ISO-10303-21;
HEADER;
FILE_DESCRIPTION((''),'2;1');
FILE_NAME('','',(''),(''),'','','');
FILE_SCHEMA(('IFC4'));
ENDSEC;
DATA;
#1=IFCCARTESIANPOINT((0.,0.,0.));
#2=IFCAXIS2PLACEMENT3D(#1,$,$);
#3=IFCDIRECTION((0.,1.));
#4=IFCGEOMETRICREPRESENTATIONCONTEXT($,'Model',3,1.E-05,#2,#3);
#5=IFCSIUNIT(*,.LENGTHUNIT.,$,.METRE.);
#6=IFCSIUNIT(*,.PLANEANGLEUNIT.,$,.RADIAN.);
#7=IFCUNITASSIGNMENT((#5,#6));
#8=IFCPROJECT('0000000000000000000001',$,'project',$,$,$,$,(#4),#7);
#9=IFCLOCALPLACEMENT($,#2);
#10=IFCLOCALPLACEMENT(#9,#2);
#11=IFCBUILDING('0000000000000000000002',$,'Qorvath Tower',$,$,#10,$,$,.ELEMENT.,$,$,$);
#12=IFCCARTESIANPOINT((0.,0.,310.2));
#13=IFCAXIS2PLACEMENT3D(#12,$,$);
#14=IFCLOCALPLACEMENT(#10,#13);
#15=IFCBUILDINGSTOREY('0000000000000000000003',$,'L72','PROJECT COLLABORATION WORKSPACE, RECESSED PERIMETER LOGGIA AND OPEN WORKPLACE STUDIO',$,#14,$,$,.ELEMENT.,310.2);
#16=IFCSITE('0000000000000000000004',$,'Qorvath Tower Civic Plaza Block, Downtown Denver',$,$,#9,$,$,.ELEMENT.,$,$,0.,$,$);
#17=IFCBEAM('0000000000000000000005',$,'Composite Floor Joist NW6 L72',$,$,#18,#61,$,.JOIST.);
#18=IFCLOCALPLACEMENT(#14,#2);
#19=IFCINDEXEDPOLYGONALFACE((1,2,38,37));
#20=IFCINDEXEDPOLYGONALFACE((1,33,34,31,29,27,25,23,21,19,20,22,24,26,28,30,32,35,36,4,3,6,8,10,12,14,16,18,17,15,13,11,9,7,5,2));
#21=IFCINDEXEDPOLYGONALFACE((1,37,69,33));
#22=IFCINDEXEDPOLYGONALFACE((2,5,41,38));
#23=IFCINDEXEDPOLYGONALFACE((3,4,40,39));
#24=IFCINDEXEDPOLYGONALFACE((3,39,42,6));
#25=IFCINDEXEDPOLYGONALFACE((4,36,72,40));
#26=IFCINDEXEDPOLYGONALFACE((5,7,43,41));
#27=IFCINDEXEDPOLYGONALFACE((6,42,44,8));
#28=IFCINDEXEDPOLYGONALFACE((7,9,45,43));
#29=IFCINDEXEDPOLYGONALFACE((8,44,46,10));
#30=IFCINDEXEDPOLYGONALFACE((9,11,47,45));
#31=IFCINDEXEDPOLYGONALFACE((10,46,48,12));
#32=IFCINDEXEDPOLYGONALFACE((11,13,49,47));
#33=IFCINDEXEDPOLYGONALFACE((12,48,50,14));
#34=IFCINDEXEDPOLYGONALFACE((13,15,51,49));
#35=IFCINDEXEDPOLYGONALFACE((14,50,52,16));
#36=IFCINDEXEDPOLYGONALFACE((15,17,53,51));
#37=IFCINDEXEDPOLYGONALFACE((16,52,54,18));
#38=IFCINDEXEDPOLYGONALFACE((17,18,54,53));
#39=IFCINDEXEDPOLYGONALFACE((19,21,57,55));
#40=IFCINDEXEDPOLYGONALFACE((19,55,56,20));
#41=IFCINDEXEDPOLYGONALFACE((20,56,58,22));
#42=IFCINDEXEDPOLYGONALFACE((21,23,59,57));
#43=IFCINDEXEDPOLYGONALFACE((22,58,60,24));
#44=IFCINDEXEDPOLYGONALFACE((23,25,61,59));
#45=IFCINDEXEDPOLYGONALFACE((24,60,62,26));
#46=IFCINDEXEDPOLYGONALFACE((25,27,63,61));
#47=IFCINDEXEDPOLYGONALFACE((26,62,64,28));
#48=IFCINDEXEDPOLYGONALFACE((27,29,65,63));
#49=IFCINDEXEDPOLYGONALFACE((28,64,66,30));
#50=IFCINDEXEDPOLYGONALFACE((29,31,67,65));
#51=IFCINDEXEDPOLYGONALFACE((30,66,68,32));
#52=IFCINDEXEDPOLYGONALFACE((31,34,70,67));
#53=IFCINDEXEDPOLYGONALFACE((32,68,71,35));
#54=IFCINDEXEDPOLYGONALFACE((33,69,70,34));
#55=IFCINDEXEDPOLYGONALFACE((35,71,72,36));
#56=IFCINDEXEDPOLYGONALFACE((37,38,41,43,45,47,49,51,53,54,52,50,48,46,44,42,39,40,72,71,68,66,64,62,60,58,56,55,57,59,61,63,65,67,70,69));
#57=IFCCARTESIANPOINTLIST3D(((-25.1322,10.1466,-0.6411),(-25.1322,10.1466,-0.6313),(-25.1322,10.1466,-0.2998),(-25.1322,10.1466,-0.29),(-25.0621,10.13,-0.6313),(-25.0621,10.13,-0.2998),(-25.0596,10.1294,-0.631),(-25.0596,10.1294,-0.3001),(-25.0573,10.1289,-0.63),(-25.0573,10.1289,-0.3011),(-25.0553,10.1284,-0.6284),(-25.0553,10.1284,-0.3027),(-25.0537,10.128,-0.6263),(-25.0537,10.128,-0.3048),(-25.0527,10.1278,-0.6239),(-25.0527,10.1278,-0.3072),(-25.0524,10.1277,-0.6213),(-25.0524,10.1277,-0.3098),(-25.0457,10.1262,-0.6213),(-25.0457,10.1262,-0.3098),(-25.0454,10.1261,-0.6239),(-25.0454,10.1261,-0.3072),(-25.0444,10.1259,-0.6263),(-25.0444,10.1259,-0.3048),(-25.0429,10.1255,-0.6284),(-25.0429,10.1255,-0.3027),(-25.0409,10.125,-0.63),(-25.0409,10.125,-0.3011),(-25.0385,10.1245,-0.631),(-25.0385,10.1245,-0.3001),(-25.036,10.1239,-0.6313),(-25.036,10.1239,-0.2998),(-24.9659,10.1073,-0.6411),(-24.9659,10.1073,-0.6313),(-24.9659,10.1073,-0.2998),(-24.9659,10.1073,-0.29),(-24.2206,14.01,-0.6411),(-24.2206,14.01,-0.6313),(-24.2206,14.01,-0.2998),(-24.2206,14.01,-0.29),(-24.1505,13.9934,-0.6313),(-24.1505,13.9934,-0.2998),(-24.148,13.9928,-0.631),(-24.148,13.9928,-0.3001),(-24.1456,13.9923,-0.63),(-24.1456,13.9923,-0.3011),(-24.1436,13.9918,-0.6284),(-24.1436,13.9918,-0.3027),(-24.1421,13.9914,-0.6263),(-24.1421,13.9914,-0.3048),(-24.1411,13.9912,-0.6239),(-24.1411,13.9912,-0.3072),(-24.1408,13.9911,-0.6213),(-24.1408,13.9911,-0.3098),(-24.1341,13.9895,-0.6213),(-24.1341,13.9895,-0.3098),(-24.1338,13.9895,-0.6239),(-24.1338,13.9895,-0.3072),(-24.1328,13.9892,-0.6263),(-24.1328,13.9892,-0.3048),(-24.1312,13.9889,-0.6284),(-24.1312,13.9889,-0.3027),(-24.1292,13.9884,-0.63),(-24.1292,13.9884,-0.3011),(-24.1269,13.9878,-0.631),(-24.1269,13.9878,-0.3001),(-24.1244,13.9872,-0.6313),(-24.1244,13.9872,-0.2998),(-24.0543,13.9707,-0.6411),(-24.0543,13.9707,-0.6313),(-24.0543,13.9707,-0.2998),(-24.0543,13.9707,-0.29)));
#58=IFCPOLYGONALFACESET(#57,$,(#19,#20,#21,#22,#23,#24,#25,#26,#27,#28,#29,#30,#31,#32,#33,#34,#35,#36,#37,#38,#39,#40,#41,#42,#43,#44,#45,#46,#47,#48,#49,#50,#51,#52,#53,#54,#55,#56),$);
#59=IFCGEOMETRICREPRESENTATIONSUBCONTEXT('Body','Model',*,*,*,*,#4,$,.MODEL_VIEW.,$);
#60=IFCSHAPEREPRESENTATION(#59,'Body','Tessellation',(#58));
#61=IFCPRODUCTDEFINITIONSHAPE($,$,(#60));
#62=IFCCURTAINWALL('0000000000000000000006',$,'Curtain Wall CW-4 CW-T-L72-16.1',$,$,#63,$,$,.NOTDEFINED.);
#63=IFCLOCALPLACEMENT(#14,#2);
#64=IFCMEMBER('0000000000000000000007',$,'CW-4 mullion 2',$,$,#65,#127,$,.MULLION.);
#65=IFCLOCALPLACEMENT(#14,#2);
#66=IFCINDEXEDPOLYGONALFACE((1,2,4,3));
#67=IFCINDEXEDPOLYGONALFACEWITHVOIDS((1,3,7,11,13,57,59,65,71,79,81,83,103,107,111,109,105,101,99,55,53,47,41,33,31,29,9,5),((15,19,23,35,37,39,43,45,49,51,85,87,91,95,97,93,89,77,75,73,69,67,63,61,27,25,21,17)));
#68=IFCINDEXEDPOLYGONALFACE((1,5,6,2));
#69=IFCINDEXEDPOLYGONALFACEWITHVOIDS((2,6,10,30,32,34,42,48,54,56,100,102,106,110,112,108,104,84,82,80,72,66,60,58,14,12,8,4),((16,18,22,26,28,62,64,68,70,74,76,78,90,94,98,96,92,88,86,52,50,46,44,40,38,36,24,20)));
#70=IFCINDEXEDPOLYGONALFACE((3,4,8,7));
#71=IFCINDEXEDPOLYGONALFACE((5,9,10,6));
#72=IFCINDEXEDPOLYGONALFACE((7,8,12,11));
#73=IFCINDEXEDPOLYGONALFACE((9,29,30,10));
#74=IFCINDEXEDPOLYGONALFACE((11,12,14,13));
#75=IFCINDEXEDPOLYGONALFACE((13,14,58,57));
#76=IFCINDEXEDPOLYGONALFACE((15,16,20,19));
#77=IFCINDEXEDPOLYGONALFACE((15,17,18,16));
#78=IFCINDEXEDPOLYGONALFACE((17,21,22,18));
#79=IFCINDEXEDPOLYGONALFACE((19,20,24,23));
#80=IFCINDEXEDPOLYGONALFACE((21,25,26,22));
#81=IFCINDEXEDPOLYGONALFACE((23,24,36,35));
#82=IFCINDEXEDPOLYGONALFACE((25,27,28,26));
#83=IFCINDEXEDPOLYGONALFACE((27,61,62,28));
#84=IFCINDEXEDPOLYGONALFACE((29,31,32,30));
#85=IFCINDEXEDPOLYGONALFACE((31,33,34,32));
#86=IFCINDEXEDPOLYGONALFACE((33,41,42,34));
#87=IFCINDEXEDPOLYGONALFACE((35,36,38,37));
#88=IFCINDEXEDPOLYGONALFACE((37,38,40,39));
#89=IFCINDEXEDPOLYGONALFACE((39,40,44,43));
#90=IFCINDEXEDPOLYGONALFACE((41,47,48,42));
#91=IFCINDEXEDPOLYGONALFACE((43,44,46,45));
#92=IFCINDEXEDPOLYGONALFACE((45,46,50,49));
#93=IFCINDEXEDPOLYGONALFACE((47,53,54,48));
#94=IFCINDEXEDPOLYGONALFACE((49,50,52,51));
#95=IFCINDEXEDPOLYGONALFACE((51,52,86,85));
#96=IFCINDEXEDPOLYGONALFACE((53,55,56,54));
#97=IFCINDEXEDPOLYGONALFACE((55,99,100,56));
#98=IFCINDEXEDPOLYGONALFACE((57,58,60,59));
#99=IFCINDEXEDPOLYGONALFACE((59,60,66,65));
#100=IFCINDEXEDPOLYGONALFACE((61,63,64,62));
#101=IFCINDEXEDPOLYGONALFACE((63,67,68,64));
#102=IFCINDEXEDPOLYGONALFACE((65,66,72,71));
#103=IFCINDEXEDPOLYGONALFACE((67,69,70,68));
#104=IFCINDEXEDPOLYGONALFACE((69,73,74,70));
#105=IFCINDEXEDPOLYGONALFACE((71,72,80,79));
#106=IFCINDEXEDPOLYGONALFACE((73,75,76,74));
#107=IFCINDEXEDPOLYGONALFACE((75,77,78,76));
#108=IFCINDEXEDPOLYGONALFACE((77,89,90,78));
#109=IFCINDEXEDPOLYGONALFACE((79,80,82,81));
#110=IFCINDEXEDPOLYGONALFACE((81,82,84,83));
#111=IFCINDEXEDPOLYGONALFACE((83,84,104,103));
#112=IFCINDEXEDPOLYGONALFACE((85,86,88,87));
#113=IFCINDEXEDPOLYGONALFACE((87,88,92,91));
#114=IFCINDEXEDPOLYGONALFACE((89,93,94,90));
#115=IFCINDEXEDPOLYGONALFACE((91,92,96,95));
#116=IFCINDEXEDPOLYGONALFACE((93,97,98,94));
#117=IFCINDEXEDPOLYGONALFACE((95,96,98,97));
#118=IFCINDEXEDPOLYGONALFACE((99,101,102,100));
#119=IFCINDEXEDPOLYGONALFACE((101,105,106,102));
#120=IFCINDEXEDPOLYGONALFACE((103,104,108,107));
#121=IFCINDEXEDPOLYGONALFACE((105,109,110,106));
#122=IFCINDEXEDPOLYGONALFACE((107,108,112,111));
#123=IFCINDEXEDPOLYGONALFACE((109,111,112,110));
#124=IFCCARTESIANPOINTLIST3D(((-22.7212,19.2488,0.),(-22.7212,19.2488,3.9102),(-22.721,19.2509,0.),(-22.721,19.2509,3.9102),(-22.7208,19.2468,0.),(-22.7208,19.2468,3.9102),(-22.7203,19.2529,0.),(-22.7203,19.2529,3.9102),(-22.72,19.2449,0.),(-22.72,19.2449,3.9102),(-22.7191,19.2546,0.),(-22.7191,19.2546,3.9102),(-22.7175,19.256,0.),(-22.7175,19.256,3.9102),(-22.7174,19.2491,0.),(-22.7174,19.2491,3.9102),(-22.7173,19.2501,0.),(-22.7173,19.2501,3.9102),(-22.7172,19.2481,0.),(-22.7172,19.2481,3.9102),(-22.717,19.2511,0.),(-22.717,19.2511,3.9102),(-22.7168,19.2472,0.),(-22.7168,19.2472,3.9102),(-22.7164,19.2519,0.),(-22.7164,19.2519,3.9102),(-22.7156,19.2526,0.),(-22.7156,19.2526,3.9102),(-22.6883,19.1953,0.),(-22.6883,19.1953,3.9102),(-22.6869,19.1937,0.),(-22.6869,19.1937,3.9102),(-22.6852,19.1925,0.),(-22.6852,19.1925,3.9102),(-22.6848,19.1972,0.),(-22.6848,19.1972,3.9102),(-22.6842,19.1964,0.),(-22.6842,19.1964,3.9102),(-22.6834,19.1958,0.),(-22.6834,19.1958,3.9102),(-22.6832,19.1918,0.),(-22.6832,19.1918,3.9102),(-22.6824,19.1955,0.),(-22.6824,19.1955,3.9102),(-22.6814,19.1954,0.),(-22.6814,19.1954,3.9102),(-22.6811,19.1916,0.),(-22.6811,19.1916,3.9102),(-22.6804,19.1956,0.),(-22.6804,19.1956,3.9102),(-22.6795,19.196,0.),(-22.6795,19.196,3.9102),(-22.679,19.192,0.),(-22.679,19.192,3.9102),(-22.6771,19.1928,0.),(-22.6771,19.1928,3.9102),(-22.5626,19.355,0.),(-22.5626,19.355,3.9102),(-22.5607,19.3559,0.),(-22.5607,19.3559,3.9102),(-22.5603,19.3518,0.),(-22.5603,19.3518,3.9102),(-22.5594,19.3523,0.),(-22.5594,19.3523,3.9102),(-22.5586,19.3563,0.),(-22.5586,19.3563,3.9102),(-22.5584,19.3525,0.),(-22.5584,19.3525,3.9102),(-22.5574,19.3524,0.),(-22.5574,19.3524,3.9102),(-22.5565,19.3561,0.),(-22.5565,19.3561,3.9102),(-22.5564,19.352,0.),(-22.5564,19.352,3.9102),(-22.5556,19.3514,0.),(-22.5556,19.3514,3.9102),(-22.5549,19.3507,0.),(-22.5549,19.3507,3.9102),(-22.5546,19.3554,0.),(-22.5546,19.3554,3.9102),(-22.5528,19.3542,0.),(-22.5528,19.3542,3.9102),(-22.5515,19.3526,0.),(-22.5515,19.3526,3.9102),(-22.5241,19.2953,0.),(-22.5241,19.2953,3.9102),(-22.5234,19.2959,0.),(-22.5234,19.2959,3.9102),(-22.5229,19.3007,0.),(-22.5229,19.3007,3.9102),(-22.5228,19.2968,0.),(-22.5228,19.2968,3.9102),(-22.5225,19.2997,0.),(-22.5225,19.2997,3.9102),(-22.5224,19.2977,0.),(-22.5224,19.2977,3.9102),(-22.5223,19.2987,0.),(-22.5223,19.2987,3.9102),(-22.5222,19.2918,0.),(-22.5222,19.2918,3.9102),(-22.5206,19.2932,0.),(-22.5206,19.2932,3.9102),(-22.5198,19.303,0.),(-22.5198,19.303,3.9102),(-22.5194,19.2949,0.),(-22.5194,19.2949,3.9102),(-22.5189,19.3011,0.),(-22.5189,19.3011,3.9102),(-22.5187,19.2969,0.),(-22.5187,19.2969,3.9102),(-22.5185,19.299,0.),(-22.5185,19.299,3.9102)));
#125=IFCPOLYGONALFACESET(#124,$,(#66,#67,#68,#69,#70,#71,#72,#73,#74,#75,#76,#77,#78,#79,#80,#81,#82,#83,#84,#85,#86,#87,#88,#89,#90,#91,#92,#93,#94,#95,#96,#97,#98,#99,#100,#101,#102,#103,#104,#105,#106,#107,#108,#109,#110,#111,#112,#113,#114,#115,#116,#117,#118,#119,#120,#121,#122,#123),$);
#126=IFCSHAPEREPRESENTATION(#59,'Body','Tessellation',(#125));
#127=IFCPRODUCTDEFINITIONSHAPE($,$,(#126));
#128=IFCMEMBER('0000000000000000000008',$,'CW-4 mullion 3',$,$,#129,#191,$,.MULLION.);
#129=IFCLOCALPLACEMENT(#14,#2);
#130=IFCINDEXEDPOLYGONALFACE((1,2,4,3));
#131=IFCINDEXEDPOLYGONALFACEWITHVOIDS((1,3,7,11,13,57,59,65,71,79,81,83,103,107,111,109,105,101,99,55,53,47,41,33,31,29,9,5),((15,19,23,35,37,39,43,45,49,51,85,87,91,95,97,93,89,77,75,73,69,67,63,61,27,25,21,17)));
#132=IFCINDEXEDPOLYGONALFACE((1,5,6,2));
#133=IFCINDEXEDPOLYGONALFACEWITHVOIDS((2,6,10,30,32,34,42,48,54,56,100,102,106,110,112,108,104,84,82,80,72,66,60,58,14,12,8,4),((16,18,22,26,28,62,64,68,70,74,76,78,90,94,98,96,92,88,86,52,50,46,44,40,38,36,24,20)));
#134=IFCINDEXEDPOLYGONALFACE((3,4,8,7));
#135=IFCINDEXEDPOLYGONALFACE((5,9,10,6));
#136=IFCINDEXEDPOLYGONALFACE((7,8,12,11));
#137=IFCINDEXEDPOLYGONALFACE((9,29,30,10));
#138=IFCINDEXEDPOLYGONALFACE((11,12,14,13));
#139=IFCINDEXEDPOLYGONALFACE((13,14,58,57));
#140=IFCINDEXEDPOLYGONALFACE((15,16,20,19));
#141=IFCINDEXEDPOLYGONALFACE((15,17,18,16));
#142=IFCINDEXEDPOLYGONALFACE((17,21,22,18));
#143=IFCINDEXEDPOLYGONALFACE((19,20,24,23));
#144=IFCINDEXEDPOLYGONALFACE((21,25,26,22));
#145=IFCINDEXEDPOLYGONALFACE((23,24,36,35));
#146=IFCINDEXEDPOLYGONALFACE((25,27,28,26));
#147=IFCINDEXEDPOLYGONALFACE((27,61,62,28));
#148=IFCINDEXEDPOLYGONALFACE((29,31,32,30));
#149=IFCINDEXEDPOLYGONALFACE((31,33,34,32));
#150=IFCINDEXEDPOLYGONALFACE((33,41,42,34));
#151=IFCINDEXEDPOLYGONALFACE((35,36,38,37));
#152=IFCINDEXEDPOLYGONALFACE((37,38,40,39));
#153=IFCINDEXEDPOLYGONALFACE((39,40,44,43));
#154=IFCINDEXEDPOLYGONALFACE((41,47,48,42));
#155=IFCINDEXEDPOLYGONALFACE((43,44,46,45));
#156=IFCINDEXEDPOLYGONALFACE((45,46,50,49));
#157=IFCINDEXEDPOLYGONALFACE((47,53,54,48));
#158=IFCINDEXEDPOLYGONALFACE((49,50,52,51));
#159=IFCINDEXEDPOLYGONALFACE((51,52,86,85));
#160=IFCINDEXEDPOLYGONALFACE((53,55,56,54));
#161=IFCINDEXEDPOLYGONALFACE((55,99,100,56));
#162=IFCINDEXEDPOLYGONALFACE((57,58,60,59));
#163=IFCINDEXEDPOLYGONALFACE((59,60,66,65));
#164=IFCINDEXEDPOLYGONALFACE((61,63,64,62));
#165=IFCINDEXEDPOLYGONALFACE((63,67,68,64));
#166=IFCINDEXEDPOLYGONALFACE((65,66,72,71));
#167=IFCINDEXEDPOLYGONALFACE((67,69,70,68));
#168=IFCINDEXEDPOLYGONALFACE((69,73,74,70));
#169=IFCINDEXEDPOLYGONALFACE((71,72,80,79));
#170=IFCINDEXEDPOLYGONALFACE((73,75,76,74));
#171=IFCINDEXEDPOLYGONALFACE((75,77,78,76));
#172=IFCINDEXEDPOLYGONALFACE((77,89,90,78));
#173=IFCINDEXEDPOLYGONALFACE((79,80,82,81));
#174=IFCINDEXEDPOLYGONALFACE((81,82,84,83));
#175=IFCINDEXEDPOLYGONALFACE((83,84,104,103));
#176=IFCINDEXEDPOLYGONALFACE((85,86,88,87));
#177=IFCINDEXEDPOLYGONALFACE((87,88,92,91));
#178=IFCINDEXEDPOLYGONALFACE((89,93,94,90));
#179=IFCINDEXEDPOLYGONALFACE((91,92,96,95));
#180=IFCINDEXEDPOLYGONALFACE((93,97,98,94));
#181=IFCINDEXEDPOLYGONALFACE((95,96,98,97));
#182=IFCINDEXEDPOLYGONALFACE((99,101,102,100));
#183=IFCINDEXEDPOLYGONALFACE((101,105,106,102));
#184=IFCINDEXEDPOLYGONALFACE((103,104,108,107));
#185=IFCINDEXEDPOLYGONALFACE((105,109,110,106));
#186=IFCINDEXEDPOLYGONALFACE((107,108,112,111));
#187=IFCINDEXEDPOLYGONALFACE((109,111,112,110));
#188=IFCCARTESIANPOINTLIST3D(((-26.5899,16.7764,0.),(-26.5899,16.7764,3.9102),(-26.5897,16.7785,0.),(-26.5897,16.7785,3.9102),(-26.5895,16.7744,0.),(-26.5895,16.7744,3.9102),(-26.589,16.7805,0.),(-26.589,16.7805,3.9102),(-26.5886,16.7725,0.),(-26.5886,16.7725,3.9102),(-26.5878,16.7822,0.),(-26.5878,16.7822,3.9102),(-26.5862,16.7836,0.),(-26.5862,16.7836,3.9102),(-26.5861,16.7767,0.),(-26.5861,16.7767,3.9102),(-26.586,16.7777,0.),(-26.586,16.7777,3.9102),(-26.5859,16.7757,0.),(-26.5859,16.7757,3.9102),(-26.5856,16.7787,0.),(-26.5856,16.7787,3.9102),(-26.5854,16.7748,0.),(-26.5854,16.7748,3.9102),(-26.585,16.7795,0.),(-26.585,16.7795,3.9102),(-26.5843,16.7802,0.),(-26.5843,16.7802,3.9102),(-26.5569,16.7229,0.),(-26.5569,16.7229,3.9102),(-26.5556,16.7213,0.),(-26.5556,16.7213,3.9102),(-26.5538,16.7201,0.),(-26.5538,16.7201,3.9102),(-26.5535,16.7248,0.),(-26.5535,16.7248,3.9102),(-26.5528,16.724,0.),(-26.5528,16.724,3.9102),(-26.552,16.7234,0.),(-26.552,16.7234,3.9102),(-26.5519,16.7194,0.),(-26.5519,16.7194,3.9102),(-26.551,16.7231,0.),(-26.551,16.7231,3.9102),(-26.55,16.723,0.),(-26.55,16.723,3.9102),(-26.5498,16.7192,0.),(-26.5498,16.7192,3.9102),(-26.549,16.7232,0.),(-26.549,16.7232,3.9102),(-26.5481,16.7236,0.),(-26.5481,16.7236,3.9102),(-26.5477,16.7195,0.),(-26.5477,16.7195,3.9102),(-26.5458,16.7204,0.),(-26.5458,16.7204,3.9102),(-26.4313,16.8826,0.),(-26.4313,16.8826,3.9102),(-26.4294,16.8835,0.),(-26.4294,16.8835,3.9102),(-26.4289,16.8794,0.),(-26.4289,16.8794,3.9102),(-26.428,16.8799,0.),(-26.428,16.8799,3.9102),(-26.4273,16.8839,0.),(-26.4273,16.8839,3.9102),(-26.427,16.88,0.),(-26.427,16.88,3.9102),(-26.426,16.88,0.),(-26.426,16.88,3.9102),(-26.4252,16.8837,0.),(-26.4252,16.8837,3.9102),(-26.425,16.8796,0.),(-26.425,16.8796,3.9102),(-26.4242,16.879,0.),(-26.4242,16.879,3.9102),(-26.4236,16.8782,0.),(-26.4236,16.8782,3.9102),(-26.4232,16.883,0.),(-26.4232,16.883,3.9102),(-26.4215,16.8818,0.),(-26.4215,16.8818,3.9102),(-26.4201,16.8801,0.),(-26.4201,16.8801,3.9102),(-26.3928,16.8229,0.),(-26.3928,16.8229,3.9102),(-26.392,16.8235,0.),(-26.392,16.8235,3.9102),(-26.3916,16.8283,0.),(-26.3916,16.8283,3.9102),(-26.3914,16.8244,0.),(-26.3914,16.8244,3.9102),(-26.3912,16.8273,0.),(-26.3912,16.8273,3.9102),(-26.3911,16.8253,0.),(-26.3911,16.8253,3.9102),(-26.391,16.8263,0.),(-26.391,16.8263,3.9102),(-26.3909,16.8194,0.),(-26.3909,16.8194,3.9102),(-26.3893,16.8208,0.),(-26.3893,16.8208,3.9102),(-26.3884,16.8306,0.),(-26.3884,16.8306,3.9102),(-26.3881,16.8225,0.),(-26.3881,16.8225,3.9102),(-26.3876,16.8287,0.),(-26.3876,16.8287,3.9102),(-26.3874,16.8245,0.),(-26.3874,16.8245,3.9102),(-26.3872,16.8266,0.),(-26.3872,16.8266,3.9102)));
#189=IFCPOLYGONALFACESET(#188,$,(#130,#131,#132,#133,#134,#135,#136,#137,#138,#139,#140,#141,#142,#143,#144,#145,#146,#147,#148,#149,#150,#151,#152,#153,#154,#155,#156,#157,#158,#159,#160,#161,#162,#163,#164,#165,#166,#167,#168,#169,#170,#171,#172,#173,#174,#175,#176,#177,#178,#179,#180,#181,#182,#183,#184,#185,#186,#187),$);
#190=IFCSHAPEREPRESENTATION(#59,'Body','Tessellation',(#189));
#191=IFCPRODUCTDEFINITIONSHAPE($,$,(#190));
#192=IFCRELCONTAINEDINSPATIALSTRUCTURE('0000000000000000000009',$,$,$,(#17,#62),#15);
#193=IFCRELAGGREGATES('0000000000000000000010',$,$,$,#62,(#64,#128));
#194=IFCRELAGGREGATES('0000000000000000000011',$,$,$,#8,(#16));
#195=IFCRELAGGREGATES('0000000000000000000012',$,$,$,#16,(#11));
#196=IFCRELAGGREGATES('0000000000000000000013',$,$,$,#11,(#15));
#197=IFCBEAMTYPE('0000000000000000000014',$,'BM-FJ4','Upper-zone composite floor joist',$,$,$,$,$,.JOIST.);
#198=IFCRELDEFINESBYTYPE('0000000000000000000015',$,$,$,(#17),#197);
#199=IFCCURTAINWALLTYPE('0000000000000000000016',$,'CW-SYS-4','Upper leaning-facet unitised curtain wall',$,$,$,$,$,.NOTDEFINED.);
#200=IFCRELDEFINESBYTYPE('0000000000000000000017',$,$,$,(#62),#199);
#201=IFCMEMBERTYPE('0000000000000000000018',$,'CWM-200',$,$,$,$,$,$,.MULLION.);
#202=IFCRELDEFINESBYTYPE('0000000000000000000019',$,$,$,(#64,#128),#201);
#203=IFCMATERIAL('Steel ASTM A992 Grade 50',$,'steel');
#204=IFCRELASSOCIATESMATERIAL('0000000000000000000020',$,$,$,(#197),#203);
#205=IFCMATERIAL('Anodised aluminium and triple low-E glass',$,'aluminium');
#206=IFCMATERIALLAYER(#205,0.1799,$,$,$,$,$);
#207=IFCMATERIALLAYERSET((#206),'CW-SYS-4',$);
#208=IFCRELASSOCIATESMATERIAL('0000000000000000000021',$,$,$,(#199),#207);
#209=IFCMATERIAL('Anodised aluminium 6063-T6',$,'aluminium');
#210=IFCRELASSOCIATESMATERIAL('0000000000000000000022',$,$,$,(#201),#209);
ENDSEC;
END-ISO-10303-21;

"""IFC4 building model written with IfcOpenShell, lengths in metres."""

from ifc_helpers import new_model, si_unit, direction, frame, origin, origin_2d, place, context, subcontext, project, spatial, hollow_rectangle, i_section, extrude, material, layer, layer_set, material_profile, profile_set, type_object, element, aggregate, save


model = new_model("IFC4")

# Units and contexts
model_context = context("Model", 3, precision=1e-05, world=origin(), true_north=direction((0.0, 1.0)))
body_context = subcontext(model_context, "Body", "Model", "MODEL_VIEW")
ifc_project = project(units=[si_unit("LENGTHUNIT", "METRE"), si_unit("PLANEANGLEUNIT", "RADIAN")], contexts=[model_context])

# Site, building, storey
site_placement = place(None, origin())
site = spatial("IfcSite", under=ifc_project, at=site_placement, Name="Qorvath Tower Civic Plaza Block, Downtown Denver", CompositionType="ELEMENT", RefElevation=0.0)
building_placement = place(site_placement, origin())
building = spatial("IfcBuilding", under=site, at=building_placement, Name="Qorvath Tower", CompositionType="ELEMENT")
storey_placement = place(building_placement, frame((0.0, 0.0, 310.2)))
storey = spatial("IfcBuildingStorey", under=building, at=storey_placement, Name="L72", Description="PROJECT COLLABORATION WORKSPACE, RECESSED PERIMETER LOGGIA AND OPEN WORKPLACE STUDIO", CompositionType="ELEMENT", Elevation=310.2)

# Beam
ifc_material_1 = material(Name="Steel ASTM A992 Grade 50", Category="steel")
ifc_material_profile_1 = material_profile(ifc_material_1, i_section(OverallWidth=0.1709, OverallDepth=0.3511, WebThickness=0.0068, FlangeThickness=0.0098, FilletRadius=0.01, at=origin_2d()), Name="W14x30")
ifc_profile_set_1 = profile_set([ifc_material_profile_1], Name="Steel ASTM A992 Grade 50")
beam_type_1 = type_object("IfcBeamType", Name="BM-FJ4", Description="Upper-zone composite floor joist", PredefinedType="JOIST", material=ifc_profile_set_1)
beam_1_placement = place(storey_placement, frame((-25.0491, 10.127, -0.4656), z_axis=(0.229663, 0.97327, 0.0), x_axis=(-0.97327, 0.229663, 0.0)))
element("IfcBeam", 1, at=beam_1_placement, inside=storey, type_object=beam_type_1, Name="Composite Floor Joist NW6 L72", PredefinedType="JOIST", context=body_context, shape_type="SweptSolid", body=[
    extrude(i_section(OverallWidth=0.1709, OverallDepth=0.3511, WebThickness=0.0068, FlangeThickness=0.0098, FilletRadius=0.01, at=origin_2d()), origin(), (0.0, 0.0, 1.0), 3.9695),
])

# Curtain wall, members
ifc_material_2 = material(Name="Anodised aluminium and triple low-E glass", Category="aluminium")
ifc_layer_1 = layer(ifc_material_2, 0.1799)
ifc_layer_set_1 = layer_set([ifc_layer_1], Name="CW-SYS-4")
curtain_wall_type = type_object("IfcCurtainWallType", Name="CW-SYS-4", Description="Upper leaning-facet unitised curtain wall", PredefinedType="NOTDEFINED", material=ifc_layer_set_1)
curtain_wall_placement = place(storey_placement, origin())
curtain_wall = element("IfcCurtainWall", 2, at=curtain_wall_placement, inside=storey, type_object=curtain_wall_type, Name="Curtain Wall CW-4 CW-T-L72-16.1", PredefinedType="NOTDEFINED")
ifc_material_3 = material(Name="Anodised aluminium 6063-T6", Category="aluminium")
ifc_material_profile_2 = material_profile(ifc_material_3, hollow_rectangle(XDim=0.075, YDim=0.2, WallThickness=0.0039, InnerFilletRadius=0.0039, OuterFilletRadius=0.0081, at=origin_2d()), Name="CWM 200x75")
ifc_profile_set_2 = profile_set([ifc_material_profile_2], Name="Anodised aluminium 6063-T6")
member_type_1 = type_object("IfcMemberType", Name="CWM-200", PredefinedType="MULLION", material=ifc_profile_set_2)
member_1_placement = place(storey_placement, frame((-22.6199, 19.2739, 0.0), z_axis=(0.0, 0.0, 1.0), x_axis=(0.538531, -0.842605, 0.0)))
member_1 = element("IfcMember", 3, at=member_1_placement, type_object=member_type_1, Name="CW-4 mullion 2", PredefinedType="MULLION", context=body_context, shape_type="SweptSolid", body=[
    extrude(hollow_rectangle(XDim=0.075, YDim=0.2, WallThickness=0.0039, InnerFilletRadius=0.0039, OuterFilletRadius=0.0081, at=origin_2d()), origin(), (0.0, 0.0, 1.0), 3.9102),
])
member_2_placement = place(storey_placement, frame((-26.4885, 16.8015, 0.0), z_axis=(0.0, 0.0, 1.0), x_axis=(0.538531, -0.842605, 0.0)))
member_2 = element("IfcMember", 4, at=member_2_placement, type_object=member_type_1, Name="CW-4 mullion 3", PredefinedType="MULLION", context=body_context, shape_type="SweptSolid", body=[
    extrude(hollow_rectangle(XDim=0.075, YDim=0.2, WallThickness=0.0039, InnerFilletRadius=0.0039, OuterFilletRadius=0.0081, at=origin_2d()), origin(), (0.0, 0.0, 1.0), 3.9102),
])
aggregate(curtain_wall, [member_1, member_2])

save(model, "model.ifc")
